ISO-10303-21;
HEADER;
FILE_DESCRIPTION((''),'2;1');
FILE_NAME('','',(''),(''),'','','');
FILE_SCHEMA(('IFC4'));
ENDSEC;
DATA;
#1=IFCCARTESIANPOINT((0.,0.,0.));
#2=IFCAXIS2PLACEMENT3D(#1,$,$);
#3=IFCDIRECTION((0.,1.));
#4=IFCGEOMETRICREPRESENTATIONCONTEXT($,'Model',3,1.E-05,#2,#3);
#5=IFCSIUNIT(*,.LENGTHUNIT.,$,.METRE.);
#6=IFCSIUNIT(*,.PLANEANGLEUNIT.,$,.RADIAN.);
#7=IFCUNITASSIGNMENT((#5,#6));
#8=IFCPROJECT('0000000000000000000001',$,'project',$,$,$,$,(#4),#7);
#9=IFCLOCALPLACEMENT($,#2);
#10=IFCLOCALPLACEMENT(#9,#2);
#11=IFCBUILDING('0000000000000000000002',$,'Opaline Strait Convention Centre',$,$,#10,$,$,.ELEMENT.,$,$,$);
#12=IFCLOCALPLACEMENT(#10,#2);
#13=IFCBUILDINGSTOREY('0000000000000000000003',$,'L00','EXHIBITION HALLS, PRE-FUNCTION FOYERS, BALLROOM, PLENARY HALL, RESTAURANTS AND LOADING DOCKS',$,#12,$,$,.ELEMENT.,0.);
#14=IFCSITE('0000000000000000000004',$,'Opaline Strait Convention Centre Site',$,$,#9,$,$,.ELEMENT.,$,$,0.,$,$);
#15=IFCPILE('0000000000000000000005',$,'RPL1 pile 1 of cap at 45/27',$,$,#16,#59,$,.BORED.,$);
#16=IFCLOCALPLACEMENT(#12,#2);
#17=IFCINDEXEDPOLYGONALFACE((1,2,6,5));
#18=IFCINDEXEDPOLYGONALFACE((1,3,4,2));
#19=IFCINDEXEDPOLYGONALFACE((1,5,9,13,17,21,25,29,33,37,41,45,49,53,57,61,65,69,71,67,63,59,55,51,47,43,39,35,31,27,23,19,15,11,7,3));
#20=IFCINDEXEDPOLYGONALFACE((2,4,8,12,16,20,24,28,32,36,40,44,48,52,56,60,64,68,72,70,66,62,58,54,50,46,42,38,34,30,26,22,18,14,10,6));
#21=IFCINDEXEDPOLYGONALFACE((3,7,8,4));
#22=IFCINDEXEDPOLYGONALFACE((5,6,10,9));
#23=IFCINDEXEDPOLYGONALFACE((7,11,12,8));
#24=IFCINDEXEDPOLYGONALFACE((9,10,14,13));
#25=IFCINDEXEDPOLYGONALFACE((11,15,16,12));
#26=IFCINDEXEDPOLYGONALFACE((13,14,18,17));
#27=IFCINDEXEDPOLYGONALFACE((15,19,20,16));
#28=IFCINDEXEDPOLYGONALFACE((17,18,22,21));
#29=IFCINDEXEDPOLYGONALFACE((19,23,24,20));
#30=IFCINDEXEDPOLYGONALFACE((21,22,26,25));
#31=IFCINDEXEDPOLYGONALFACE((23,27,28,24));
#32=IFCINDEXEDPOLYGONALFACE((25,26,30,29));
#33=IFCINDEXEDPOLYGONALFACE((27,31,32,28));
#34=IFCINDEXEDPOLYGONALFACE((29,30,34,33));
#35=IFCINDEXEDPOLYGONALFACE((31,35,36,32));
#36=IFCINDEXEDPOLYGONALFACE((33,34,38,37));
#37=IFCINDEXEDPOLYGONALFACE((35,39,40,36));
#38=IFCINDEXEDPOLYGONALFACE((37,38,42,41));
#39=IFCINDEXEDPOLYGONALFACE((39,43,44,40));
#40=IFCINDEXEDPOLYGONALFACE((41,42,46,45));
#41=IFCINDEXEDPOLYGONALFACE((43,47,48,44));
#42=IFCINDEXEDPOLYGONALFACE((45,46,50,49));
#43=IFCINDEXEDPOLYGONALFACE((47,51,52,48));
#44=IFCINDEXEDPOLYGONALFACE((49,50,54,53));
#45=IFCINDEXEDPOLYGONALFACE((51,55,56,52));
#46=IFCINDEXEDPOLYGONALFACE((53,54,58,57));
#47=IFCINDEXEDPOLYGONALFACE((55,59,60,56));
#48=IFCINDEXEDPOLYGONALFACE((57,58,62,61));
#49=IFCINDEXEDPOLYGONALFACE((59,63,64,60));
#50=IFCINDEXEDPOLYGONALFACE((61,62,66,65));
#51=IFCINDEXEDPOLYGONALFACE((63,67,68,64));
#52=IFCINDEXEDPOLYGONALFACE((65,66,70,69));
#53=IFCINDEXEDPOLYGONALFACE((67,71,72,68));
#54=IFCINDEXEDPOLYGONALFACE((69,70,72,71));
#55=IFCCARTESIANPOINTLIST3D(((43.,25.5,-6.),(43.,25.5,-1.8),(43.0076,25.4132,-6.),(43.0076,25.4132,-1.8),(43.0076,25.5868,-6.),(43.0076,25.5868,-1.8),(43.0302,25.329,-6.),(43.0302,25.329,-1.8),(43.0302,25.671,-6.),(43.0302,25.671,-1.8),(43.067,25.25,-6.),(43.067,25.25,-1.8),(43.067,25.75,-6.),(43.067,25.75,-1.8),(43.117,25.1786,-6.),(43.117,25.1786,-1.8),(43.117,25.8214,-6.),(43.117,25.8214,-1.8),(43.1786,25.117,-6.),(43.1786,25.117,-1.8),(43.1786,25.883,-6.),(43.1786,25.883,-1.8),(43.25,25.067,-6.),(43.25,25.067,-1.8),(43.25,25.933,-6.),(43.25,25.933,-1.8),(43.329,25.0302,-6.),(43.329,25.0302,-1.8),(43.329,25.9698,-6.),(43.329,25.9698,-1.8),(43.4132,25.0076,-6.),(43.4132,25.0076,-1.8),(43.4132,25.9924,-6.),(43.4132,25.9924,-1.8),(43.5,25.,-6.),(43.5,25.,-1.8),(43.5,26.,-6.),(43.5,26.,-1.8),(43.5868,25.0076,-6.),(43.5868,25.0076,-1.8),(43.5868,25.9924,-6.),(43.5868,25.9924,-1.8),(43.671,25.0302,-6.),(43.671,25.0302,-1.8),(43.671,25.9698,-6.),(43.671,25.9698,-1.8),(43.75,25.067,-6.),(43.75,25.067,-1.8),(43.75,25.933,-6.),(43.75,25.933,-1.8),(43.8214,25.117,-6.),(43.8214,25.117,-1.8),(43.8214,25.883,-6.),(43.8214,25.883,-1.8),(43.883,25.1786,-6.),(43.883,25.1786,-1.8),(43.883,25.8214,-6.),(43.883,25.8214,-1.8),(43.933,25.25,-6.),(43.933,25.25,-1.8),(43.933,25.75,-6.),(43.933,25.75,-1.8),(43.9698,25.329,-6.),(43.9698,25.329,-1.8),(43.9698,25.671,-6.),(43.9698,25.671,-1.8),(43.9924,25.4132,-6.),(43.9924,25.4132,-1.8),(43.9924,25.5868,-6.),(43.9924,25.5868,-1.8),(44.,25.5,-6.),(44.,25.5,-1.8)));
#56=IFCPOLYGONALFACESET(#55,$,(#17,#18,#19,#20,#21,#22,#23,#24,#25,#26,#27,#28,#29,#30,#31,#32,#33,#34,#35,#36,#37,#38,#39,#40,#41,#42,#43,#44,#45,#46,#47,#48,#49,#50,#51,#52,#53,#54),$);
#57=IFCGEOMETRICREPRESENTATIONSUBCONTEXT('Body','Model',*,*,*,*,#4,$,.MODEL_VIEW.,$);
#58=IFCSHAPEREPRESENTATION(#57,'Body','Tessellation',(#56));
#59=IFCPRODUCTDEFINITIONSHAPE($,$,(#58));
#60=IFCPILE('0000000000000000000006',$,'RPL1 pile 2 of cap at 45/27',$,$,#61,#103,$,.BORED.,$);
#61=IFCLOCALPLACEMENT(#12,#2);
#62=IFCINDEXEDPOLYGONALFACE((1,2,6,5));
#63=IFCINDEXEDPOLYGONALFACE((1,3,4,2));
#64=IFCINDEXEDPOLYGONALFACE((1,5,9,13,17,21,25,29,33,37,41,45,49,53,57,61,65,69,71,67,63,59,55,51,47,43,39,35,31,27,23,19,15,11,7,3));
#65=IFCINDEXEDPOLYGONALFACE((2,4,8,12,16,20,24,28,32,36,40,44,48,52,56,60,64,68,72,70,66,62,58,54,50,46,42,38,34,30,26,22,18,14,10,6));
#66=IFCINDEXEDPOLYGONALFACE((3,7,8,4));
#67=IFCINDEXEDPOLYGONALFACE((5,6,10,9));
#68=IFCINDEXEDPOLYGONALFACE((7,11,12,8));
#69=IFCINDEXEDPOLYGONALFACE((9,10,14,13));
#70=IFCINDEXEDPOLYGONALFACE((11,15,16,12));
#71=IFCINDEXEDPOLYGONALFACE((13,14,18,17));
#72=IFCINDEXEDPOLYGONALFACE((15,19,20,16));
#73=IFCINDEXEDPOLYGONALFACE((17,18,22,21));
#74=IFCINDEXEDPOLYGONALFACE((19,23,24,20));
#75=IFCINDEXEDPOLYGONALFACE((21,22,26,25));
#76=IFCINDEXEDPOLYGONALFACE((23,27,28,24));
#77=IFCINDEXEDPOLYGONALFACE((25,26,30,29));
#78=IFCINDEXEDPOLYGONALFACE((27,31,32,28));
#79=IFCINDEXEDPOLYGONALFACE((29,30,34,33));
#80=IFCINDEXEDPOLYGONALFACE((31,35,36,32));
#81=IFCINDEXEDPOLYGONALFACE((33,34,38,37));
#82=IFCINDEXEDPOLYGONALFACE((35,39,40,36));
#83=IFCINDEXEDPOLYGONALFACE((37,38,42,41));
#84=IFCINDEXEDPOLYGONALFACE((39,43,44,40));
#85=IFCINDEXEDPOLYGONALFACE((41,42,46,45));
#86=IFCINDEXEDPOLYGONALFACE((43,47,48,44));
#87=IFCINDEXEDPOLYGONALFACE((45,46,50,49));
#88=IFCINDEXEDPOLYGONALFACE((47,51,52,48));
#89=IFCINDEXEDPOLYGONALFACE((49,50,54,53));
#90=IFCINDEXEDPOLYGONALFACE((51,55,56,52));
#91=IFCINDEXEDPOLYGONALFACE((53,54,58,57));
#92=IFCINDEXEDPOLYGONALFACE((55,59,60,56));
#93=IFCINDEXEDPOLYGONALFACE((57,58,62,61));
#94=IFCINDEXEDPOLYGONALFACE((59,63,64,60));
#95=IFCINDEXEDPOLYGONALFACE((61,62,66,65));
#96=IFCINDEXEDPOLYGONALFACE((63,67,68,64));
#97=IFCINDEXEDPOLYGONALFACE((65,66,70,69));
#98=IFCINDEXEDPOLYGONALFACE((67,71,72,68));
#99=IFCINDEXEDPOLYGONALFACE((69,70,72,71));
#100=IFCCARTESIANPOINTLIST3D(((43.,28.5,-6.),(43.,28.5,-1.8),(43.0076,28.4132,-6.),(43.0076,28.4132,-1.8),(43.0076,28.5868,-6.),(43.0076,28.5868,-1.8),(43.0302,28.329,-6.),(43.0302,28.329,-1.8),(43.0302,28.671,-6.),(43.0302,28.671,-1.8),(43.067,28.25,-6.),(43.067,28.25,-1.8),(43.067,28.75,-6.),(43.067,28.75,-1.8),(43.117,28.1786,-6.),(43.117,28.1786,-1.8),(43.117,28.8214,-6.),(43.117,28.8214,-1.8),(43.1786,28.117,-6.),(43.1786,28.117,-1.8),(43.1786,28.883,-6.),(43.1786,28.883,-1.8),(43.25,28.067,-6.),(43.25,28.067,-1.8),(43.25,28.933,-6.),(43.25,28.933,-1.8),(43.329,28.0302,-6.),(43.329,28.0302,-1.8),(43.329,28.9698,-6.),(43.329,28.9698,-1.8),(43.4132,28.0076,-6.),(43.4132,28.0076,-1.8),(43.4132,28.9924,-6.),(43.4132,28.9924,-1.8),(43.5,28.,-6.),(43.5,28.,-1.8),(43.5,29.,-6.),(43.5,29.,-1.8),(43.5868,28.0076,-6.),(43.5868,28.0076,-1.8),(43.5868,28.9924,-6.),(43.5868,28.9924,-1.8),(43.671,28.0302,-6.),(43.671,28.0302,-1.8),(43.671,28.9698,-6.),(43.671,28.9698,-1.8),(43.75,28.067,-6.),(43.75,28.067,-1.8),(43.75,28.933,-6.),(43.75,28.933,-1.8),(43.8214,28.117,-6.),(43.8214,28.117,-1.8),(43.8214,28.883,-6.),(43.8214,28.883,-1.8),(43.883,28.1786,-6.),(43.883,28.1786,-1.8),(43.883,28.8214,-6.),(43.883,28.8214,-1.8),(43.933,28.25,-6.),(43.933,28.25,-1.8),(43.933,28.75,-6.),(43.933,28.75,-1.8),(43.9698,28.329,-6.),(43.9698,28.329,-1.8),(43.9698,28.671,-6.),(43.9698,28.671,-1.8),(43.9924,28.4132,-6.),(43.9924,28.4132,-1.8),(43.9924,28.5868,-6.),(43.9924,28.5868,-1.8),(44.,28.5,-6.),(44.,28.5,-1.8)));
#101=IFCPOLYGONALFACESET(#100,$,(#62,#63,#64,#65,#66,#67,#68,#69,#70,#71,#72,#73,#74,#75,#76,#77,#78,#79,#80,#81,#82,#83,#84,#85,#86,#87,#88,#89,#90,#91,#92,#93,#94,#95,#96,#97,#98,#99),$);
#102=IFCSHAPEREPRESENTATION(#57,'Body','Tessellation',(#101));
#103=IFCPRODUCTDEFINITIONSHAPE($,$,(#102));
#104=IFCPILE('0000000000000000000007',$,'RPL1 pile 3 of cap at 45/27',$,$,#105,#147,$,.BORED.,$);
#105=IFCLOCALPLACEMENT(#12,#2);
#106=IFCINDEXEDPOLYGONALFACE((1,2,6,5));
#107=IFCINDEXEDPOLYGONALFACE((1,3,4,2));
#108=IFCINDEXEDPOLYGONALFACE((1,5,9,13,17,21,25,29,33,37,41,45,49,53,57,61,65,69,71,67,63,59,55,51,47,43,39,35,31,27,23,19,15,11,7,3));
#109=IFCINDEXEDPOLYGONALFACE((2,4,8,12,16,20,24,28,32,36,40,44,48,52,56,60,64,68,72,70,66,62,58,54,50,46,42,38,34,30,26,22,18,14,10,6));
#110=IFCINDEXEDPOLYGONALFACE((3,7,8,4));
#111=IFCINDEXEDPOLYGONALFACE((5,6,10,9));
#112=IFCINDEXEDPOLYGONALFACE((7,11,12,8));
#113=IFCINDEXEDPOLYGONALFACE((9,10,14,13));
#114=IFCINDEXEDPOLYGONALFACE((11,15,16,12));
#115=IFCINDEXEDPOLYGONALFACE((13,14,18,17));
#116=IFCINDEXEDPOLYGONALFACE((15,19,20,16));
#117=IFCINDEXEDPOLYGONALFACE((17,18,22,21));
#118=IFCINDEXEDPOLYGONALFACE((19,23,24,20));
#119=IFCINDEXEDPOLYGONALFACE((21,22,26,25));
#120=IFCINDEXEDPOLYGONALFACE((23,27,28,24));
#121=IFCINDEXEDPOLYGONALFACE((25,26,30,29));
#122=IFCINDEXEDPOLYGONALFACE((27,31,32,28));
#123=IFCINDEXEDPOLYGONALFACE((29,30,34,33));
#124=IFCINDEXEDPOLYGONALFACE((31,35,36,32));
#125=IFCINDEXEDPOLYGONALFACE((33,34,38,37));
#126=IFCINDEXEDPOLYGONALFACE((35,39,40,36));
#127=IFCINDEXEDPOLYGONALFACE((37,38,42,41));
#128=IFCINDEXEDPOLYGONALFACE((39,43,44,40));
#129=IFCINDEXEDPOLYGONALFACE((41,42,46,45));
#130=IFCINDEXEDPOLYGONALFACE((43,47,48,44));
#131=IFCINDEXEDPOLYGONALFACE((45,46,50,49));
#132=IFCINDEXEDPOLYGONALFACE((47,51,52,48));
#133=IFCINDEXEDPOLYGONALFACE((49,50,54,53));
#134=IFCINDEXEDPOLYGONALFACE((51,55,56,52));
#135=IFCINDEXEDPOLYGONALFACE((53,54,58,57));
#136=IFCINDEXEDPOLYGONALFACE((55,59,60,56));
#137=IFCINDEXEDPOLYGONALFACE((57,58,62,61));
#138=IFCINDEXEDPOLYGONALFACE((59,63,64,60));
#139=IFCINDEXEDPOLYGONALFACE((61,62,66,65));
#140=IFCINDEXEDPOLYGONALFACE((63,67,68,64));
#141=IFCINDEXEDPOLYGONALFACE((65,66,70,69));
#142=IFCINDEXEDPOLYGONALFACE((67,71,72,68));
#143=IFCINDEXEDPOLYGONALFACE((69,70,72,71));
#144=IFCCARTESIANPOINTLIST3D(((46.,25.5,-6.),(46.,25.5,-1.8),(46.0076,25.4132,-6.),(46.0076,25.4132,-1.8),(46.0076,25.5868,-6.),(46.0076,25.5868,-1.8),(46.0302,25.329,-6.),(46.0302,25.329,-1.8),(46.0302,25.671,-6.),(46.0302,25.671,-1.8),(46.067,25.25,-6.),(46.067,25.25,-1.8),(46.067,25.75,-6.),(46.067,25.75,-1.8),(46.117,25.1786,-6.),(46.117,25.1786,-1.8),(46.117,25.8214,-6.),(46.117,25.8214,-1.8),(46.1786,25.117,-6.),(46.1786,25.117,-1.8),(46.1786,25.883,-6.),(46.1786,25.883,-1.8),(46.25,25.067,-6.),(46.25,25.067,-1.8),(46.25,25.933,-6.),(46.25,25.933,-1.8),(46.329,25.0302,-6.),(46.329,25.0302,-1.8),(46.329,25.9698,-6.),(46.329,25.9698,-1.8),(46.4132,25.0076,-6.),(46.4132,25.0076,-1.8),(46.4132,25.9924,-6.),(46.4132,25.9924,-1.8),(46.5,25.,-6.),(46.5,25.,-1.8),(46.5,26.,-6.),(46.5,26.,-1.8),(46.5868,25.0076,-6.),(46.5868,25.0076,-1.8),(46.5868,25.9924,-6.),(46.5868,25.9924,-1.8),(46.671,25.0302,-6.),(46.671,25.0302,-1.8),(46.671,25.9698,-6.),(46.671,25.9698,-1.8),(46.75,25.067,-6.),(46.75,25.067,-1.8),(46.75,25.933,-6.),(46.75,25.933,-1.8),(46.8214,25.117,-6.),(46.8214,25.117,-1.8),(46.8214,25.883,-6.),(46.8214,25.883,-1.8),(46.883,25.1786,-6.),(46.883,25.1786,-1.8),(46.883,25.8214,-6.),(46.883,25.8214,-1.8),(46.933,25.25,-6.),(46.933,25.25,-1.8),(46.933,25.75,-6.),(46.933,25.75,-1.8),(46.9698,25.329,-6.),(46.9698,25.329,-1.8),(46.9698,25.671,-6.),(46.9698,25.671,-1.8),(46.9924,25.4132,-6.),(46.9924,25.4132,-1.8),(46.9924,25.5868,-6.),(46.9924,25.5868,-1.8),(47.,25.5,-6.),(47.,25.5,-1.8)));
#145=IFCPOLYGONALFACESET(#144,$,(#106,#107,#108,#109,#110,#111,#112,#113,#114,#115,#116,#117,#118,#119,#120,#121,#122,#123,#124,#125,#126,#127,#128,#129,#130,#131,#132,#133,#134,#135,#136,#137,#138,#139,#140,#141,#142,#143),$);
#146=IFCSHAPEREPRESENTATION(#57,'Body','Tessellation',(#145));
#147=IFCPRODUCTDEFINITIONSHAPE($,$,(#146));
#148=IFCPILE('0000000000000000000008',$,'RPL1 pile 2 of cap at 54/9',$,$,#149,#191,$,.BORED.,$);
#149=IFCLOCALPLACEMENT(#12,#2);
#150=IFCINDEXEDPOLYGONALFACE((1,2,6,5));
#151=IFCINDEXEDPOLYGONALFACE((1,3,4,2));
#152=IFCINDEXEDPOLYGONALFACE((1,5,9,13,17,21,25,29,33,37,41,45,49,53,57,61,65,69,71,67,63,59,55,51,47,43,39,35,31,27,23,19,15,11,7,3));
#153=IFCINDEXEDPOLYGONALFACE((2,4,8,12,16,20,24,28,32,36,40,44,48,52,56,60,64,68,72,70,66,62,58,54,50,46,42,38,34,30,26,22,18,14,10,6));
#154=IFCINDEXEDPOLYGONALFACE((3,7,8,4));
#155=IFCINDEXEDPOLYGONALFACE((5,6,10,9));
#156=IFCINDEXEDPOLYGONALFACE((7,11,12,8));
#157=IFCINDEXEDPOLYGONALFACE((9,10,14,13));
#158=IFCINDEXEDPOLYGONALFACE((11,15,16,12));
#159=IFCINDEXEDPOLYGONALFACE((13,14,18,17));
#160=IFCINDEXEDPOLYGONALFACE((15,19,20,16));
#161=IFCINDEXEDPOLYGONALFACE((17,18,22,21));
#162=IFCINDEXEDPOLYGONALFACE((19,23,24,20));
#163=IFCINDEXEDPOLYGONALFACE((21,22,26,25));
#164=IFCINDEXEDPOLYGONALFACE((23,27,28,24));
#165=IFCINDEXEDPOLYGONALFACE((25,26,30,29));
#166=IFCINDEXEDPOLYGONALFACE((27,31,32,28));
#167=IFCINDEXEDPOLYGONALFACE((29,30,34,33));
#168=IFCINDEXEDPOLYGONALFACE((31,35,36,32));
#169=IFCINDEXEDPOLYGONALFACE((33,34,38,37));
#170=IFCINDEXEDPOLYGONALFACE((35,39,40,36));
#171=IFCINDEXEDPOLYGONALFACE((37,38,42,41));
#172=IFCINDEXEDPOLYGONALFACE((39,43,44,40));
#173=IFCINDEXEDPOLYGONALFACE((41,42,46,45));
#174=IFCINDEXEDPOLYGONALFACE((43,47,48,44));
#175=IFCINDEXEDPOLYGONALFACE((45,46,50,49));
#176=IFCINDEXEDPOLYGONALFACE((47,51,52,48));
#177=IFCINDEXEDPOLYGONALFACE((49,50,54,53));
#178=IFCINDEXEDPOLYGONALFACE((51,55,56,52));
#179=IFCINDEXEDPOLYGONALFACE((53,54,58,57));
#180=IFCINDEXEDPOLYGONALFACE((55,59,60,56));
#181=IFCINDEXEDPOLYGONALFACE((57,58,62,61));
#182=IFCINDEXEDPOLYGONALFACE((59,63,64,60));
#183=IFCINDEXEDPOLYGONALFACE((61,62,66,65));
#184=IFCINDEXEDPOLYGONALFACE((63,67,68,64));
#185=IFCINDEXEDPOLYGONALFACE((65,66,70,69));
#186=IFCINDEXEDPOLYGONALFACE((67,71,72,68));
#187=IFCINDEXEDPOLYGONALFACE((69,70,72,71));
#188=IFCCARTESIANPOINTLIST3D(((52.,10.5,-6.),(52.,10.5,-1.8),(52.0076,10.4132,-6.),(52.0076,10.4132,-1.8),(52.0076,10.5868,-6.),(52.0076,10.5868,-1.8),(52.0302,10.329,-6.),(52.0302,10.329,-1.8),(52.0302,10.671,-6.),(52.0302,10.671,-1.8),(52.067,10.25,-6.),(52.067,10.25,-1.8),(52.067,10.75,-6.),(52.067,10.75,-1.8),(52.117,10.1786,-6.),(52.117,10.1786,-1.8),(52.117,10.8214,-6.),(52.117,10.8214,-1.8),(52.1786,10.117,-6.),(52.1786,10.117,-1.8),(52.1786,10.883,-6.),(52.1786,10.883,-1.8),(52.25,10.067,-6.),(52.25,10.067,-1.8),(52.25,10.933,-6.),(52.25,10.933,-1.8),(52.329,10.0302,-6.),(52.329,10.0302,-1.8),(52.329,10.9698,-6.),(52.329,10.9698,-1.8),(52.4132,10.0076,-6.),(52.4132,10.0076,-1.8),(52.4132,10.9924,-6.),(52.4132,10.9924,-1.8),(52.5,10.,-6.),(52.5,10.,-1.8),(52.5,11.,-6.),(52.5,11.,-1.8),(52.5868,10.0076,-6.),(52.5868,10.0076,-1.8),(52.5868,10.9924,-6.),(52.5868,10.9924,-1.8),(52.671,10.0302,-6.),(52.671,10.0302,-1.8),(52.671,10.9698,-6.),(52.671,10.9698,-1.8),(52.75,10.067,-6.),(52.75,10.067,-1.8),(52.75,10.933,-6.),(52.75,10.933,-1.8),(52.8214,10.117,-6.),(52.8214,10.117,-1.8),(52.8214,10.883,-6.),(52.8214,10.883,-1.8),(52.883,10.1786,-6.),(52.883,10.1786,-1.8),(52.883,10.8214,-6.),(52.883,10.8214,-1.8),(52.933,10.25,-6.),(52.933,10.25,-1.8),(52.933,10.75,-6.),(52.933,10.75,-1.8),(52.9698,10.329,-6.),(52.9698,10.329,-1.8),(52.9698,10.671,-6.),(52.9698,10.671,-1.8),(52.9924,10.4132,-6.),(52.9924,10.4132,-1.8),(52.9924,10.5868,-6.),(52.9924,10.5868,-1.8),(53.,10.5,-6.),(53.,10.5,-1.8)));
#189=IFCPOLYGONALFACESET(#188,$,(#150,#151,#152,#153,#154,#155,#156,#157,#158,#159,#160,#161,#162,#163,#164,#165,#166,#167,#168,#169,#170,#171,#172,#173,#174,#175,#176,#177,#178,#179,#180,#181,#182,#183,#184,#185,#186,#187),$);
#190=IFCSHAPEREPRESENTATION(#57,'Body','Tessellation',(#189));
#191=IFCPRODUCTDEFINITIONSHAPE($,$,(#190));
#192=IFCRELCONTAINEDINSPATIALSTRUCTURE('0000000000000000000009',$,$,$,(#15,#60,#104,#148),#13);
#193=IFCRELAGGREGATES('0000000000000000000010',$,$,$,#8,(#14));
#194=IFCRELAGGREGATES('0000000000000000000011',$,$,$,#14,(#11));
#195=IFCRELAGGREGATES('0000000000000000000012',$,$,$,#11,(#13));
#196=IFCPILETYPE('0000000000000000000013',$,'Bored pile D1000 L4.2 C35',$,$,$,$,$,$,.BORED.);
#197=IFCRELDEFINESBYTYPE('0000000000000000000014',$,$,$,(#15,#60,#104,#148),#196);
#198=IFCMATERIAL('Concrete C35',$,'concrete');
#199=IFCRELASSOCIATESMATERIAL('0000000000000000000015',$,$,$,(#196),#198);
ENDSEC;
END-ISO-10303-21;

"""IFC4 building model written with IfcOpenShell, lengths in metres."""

from ifc_helpers import new_model, si_unit, direction, frame, origin, origin_2d, place, context, subcontext, project, spatial, circle, extrude, material, material_profile, profile_set, type_object, element, save


model = new_model("IFC4")

# Units and contexts
model_context = context("Model", 3, precision=1e-05, world=origin(), true_north=direction((0.0, 1.0)))
body_context = subcontext(model_context, "Body", "Model", "MODEL_VIEW")
ifc_project = project(units=[si_unit("LENGTHUNIT", "METRE"), si_unit("PLANEANGLEUNIT", "RADIAN")], contexts=[model_context])

# Site, building, storey
site_placement = place(None, origin())
site = spatial("IfcSite", under=ifc_project, at=site_placement, Name="Opaline Strait Convention Centre Site", CompositionType="ELEMENT", RefElevation=0.0)
building_placement = place(site_placement, origin())
building = spatial("IfcBuilding", under=site, at=building_placement, Name="Opaline Strait Convention Centre", CompositionType="ELEMENT")
storey_placement = place(building_placement, origin())
storey = spatial("IfcBuildingStorey", under=building, at=storey_placement, Name="L00", Description="EXHIBITION HALLS, PRE-FUNCTION FOYERS, BALLROOM, PLENARY HALL, RESTAURANTS AND LOADING DOCKS", CompositionType="ELEMENT", Elevation=0.0)

# Piles
ifc_material_1 = material(Name="Concrete C35", Category="concrete")
ifc_material_profile_1 = material_profile(ifc_material_1, circle(Radius=0.5, at=origin_2d()), Name="D1000")
ifc_profile_set_1 = profile_set([ifc_material_profile_1], Name="Concrete C35")
pile_type = type_object("IfcPileType", Name="Bored pile D1000 L4.2 C35", PredefinedType="BORED", material=ifc_profile_set_1)
for number, where, z_axis, x_axis, name in (
    (1, (43.5, 25.5, -1.8), (0.0, 0.0, -1.0), (1.0, 0.0, 0.0), "RPL1 pile 1 of cap at 45/27"),
    (2, (43.5, 28.5, -1.8), (0.0, 0.0, -1.0), (1.0, 0.0, 0.0), "RPL1 pile 2 of cap at 45/27"),
    (3, (46.5, 25.5, -1.8), (0.0, 0.0, -1.0), (1.0, 0.0, 0.0), "RPL1 pile 3 of cap at 45/27"),
    (4, (52.5, 10.5, -1.8), (0.0, 0.0, -1.0), (1.0, 0.0, 0.0), "RPL1 pile 2 of cap at 54/9"),
):
    element("IfcPile", number, at=place(storey_placement, frame(where, z_axis=z_axis, x_axis=x_axis)), inside=storey, type_object=pile_type, Name=name, PredefinedType="BORED", context=body_context, shape_type="SweptSolid", body=[
        extrude(circle(Radius=0.5, at=origin_2d()), origin(), (0.0, 0.0, 1.0), 4.2),
    ])

save(model, "model.ifc")
